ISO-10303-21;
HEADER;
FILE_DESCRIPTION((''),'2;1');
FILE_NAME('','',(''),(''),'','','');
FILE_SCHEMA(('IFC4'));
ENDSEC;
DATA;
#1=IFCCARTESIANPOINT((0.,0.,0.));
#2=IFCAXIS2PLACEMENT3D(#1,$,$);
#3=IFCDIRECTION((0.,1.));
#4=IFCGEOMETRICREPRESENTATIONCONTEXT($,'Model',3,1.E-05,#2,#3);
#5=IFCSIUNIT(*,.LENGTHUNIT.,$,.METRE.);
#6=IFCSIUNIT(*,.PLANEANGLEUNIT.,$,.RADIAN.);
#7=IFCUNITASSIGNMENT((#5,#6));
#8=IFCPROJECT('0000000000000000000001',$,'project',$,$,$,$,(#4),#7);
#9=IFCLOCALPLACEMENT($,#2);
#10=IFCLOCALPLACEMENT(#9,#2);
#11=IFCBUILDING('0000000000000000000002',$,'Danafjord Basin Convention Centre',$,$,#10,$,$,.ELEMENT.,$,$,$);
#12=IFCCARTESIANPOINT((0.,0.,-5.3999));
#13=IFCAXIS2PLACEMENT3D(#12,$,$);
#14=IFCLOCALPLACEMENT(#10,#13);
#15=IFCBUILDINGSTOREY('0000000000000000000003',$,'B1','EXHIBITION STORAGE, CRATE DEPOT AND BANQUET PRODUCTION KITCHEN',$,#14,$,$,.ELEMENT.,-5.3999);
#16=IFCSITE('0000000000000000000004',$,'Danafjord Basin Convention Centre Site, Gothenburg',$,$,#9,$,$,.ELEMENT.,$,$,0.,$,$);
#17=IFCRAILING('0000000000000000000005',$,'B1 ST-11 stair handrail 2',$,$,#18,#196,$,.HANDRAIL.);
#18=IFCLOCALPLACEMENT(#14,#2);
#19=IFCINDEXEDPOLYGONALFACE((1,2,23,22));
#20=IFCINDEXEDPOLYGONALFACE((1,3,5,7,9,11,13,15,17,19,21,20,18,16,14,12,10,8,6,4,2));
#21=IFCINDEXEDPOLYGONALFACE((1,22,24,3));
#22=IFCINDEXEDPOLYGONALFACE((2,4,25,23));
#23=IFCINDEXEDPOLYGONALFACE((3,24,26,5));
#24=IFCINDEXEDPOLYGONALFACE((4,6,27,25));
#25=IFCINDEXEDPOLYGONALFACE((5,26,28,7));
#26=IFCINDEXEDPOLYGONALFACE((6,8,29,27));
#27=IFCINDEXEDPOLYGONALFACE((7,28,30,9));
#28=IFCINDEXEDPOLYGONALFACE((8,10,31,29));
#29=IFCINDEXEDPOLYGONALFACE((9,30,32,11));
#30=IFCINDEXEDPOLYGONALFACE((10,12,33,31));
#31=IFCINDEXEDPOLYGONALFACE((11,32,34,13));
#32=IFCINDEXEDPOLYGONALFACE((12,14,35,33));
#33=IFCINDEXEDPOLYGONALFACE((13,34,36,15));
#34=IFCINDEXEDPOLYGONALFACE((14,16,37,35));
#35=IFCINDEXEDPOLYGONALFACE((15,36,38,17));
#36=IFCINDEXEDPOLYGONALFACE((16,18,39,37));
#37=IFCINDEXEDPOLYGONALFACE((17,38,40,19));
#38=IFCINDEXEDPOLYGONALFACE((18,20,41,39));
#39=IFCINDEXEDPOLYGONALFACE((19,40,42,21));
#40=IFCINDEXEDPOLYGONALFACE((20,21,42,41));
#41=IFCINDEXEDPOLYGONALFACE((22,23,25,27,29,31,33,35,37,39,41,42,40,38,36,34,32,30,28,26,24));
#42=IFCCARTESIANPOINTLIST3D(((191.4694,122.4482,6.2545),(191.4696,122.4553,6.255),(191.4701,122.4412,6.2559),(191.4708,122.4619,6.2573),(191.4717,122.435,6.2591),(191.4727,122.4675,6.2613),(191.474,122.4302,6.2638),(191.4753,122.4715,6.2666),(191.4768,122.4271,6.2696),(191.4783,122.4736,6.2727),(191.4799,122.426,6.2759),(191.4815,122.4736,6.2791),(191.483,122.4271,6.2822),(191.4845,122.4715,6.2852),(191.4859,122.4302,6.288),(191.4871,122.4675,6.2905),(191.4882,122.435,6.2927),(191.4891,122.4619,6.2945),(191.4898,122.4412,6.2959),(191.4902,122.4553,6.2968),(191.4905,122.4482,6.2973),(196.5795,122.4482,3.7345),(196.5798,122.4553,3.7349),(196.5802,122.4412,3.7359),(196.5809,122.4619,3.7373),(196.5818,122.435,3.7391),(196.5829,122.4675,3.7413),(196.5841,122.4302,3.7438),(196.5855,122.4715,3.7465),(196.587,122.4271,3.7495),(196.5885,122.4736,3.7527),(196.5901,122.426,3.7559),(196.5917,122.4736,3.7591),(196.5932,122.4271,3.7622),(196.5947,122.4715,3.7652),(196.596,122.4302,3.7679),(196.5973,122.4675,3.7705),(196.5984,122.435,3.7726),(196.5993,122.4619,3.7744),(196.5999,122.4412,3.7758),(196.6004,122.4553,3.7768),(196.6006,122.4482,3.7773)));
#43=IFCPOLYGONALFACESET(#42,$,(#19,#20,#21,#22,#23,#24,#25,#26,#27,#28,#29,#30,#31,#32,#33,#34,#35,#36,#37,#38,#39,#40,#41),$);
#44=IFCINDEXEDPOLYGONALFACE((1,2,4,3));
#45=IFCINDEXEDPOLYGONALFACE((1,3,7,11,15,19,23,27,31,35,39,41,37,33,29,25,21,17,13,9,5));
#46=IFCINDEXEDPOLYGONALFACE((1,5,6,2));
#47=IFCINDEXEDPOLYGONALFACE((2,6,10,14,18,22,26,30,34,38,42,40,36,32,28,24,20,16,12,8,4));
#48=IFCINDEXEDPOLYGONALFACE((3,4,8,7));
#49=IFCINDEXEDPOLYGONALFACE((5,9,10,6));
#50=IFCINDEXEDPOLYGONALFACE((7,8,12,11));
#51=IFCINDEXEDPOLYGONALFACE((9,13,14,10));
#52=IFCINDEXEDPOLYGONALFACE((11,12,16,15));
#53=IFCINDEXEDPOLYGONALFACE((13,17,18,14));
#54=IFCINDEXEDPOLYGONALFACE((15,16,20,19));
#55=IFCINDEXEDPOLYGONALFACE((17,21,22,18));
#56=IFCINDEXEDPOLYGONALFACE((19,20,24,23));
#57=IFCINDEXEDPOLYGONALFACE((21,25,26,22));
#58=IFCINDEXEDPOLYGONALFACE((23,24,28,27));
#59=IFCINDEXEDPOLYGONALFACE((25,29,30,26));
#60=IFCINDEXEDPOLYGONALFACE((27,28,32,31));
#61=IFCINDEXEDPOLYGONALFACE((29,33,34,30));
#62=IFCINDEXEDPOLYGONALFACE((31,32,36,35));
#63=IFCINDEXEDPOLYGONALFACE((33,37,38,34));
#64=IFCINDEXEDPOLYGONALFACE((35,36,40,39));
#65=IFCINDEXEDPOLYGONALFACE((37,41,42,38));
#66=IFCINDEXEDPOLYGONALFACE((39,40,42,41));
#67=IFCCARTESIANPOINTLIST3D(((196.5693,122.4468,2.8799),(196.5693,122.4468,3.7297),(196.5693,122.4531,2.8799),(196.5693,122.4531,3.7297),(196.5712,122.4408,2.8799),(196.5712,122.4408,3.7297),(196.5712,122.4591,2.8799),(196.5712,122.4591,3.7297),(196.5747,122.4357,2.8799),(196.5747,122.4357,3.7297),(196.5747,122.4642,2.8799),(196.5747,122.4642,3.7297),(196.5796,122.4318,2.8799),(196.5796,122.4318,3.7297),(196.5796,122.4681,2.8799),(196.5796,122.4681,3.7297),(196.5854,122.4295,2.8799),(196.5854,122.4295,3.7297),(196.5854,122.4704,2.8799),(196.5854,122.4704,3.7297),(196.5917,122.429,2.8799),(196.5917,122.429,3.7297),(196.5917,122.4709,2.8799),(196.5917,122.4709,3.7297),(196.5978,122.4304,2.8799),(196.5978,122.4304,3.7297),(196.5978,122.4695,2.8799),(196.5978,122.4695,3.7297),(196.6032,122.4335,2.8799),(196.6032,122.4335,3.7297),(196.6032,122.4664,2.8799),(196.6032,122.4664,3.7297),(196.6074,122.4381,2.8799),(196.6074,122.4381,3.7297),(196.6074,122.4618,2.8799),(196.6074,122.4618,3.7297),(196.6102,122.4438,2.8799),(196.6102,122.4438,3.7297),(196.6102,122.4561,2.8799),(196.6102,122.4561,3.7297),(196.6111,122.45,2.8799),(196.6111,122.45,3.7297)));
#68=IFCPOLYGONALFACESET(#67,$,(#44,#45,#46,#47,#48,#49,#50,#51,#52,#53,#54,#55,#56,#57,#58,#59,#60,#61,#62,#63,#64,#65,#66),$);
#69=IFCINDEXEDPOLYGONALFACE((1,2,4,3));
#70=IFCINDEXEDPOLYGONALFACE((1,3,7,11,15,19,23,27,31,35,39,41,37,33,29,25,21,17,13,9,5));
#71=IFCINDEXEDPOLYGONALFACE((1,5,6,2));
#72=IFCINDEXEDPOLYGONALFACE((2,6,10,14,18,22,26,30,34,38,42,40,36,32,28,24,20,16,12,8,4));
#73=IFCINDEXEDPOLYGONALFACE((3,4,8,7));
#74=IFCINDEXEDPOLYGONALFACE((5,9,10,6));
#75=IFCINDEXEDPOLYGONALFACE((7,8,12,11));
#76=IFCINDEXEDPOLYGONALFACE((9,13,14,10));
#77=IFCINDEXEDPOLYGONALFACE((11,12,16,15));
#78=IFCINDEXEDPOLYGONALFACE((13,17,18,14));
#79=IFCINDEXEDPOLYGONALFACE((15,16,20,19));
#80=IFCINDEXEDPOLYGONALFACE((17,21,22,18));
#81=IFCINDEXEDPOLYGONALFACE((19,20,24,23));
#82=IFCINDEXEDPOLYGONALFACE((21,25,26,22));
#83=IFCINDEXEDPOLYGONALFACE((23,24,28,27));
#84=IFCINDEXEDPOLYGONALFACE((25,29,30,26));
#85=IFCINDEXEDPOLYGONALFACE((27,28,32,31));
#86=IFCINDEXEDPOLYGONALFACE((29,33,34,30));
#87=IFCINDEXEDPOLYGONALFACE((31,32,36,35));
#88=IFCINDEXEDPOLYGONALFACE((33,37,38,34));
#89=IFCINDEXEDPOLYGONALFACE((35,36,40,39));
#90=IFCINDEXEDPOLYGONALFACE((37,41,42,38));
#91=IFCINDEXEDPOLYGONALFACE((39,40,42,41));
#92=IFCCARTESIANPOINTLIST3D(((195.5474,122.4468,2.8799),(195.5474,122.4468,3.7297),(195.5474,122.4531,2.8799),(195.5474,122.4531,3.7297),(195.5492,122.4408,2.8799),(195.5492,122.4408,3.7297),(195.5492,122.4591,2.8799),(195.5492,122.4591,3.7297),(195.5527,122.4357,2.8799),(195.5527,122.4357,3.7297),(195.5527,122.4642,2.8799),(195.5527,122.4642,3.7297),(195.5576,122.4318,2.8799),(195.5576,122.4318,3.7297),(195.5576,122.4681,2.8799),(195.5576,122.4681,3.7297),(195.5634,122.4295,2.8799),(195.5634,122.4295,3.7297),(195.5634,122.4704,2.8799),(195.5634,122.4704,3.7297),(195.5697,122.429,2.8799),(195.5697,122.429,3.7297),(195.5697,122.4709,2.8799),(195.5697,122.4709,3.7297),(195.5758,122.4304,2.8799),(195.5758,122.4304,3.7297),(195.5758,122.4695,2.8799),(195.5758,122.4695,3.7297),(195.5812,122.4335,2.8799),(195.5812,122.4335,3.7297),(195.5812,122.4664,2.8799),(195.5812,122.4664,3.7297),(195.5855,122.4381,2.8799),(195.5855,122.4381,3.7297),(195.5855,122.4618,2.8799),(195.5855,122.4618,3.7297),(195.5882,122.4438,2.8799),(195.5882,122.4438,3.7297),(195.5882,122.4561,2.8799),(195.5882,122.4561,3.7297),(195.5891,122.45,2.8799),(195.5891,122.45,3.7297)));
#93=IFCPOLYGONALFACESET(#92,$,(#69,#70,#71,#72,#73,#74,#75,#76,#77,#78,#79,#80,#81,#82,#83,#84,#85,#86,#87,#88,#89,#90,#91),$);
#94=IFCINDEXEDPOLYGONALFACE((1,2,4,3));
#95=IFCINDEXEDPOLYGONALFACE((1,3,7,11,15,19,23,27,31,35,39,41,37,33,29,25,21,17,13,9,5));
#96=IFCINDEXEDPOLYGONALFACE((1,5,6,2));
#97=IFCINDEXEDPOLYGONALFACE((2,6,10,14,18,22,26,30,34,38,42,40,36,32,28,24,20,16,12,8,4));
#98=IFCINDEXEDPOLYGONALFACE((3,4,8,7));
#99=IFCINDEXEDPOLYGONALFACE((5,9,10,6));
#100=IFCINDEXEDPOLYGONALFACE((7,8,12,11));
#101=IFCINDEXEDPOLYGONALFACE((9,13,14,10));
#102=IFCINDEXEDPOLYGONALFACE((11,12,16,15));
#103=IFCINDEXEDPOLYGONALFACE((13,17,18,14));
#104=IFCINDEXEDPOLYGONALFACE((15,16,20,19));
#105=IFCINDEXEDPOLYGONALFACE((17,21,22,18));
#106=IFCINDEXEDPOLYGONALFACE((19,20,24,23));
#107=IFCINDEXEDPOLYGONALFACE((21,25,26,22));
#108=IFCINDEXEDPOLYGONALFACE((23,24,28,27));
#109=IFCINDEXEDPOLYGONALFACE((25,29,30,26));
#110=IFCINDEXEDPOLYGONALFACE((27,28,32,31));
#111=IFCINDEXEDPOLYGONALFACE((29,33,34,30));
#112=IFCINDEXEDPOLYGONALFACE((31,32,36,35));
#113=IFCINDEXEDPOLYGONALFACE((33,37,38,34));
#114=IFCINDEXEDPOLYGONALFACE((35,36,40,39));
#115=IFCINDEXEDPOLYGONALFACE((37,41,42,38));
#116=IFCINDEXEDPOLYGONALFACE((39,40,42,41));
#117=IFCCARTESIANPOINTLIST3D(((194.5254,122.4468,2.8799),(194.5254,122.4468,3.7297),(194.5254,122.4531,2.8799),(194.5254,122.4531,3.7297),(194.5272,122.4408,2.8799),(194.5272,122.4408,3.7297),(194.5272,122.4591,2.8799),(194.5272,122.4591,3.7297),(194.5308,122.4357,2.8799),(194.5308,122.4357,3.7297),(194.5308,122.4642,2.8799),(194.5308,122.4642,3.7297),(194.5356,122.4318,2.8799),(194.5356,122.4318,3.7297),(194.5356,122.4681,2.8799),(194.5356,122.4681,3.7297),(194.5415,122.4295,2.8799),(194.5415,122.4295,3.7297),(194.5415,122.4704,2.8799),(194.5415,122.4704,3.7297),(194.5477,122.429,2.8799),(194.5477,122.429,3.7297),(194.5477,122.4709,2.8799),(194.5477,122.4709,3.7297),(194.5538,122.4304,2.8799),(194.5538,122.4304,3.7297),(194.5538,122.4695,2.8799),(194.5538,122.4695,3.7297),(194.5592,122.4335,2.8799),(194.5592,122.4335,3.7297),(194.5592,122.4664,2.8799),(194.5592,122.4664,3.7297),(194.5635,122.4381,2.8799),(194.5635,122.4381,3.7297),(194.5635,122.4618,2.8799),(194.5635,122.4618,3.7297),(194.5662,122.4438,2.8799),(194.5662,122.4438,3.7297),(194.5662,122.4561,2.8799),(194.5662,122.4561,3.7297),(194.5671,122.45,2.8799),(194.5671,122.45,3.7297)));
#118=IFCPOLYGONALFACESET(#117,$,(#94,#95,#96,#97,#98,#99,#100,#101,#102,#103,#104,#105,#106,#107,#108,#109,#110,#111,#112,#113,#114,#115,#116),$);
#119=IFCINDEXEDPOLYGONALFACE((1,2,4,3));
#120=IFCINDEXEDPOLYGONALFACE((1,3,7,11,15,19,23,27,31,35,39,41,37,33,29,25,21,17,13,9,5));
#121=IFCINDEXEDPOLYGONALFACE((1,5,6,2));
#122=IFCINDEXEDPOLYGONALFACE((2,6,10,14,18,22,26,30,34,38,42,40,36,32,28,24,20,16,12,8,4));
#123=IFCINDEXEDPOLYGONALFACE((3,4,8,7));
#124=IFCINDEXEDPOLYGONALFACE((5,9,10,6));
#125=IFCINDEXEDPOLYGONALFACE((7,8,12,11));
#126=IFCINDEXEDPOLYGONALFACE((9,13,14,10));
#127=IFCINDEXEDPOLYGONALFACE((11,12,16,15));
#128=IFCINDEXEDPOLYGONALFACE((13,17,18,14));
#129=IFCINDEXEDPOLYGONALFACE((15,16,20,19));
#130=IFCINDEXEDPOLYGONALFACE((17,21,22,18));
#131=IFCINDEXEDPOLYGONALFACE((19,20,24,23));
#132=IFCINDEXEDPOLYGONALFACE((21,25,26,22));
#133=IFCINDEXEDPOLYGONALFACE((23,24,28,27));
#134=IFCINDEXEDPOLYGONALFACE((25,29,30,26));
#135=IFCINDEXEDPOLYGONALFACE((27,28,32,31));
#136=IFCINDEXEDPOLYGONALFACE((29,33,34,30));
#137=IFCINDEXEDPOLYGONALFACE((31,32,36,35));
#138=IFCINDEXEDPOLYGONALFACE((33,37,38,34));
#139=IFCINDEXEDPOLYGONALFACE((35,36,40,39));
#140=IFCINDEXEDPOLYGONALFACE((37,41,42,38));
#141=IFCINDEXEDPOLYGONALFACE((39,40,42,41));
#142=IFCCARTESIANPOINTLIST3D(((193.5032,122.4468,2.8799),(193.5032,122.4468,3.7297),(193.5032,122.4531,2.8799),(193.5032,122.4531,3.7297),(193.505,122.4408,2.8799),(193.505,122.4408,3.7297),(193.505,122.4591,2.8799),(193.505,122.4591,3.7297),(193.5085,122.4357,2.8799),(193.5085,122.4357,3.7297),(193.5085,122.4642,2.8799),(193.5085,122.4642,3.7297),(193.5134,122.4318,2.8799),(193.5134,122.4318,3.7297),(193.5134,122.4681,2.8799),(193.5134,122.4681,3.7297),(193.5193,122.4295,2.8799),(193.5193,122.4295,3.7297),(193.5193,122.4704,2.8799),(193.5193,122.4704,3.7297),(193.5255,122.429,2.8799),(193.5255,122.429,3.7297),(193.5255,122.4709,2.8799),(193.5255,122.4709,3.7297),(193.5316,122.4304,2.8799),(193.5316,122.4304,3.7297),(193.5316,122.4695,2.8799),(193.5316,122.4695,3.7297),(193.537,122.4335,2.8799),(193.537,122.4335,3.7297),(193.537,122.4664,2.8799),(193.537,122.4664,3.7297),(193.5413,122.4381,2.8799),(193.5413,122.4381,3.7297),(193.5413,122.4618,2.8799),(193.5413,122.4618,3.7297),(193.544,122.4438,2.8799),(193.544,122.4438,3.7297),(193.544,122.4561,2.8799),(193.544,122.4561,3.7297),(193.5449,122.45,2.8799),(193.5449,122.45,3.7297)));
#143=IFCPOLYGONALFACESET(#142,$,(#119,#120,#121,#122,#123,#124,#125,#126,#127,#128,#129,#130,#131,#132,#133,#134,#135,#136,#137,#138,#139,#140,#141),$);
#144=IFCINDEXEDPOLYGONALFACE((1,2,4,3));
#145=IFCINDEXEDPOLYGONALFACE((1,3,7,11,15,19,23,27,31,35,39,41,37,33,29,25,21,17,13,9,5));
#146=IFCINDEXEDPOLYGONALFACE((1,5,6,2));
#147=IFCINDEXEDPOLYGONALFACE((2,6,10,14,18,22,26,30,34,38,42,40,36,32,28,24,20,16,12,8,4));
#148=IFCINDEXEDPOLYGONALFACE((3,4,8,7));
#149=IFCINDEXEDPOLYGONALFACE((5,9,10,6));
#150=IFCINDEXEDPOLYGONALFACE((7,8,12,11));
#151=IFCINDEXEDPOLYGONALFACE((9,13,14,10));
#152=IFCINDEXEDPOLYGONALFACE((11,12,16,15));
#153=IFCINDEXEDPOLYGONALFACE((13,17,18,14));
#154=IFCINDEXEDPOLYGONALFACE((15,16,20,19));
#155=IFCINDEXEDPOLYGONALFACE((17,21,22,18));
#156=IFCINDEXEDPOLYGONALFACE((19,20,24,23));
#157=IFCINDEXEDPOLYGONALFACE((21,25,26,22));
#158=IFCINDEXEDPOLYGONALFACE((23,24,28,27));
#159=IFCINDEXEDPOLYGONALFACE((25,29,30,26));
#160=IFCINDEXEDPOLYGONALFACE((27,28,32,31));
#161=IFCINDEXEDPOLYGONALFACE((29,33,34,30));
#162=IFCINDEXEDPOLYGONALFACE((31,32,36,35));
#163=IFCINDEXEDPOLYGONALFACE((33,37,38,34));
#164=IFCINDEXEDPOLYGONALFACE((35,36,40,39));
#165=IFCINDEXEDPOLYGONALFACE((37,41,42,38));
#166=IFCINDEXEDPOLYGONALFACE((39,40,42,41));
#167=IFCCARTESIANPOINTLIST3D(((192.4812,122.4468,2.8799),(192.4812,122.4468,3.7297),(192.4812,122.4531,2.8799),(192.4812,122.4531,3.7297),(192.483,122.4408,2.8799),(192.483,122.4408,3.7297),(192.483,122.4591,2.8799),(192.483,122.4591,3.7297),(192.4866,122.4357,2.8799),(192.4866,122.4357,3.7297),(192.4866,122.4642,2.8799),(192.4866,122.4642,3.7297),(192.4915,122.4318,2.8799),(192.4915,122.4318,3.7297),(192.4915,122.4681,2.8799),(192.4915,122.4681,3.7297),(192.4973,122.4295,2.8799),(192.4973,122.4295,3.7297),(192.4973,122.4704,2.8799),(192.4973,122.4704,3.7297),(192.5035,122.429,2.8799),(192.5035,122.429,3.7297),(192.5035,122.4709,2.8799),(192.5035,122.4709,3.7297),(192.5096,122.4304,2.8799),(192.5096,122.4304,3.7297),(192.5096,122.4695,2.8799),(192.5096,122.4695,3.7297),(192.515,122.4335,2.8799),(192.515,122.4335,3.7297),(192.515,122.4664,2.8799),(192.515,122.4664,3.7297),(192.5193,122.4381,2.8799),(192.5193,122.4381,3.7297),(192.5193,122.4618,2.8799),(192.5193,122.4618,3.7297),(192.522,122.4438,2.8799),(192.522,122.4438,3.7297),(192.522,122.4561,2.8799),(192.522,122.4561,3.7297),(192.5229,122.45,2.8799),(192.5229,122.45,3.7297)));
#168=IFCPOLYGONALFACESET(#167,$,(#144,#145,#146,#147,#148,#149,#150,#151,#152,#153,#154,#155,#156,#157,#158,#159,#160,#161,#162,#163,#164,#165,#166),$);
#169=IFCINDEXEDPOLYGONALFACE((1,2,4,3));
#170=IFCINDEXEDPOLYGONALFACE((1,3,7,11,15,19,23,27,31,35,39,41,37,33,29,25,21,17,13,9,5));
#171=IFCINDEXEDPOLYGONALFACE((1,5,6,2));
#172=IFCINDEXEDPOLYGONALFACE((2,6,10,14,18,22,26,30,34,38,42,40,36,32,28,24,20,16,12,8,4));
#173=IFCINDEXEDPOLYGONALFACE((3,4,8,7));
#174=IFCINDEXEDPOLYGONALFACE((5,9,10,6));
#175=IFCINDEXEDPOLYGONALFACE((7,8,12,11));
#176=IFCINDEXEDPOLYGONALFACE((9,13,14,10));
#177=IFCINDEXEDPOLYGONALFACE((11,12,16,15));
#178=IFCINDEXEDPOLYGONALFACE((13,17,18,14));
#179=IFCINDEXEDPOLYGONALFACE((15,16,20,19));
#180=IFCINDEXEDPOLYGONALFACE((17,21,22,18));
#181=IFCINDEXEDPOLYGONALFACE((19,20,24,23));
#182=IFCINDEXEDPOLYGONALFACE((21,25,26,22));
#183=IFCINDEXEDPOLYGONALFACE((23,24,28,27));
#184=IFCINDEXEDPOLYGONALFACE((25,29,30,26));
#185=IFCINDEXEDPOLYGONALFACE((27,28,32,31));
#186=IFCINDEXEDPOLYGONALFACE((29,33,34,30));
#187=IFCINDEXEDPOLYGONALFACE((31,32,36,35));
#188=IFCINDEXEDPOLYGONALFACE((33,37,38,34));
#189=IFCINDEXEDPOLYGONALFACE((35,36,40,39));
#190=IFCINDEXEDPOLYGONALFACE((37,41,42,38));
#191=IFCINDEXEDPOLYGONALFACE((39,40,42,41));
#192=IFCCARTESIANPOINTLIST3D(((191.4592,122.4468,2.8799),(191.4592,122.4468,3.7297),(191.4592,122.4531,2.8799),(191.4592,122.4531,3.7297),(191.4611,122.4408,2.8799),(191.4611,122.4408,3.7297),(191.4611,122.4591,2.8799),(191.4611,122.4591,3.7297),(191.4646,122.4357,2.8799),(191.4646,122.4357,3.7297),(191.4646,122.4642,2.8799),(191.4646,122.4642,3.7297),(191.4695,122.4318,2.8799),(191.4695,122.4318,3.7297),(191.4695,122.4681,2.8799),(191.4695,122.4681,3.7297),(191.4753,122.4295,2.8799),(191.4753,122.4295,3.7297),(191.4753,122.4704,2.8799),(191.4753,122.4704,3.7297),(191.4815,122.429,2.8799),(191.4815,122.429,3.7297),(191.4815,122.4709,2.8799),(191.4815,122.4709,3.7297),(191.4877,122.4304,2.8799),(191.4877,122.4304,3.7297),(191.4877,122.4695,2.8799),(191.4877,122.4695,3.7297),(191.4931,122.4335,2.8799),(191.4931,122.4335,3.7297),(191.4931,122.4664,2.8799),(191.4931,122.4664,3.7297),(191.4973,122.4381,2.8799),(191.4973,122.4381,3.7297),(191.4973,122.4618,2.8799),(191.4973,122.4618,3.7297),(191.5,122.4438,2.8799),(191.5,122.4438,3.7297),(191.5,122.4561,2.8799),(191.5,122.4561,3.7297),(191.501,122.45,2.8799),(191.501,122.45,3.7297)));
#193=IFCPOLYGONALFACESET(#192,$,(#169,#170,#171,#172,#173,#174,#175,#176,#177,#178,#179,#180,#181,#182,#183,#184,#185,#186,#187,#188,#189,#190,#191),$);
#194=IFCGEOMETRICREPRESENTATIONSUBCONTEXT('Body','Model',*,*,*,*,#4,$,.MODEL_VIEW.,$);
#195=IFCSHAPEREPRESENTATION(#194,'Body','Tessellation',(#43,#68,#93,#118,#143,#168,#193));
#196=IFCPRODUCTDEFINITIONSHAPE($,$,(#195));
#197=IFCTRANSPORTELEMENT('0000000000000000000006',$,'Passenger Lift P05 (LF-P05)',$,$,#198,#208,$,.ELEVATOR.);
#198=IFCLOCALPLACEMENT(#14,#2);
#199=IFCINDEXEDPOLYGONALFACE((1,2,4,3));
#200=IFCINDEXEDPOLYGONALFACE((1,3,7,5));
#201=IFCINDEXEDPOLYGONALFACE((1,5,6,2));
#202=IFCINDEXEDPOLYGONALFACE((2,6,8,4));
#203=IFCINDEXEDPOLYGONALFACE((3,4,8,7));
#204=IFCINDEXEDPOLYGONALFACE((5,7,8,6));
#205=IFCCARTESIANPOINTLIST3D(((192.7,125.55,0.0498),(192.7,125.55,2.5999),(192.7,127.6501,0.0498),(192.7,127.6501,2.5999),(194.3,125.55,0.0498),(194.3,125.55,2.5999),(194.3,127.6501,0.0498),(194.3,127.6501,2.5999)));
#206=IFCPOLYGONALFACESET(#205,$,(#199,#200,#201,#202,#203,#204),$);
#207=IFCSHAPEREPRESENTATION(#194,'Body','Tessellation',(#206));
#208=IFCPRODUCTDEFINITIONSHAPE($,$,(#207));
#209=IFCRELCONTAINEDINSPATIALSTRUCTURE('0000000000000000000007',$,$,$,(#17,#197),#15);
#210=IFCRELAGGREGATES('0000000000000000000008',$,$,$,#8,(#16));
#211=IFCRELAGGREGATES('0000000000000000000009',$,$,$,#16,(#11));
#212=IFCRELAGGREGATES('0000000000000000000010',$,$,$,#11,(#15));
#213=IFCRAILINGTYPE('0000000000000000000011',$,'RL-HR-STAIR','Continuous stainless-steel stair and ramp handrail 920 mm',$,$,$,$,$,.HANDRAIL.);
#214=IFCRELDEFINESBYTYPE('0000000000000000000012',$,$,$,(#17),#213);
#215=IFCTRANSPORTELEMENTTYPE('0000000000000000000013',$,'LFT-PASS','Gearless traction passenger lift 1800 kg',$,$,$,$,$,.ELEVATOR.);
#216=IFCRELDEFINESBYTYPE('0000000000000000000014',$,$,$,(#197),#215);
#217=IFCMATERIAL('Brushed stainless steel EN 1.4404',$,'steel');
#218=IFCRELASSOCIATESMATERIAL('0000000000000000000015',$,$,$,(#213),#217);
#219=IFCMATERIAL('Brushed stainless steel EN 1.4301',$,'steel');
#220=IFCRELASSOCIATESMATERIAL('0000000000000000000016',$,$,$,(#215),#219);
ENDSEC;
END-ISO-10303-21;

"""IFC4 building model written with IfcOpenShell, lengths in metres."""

from ifc_helpers import new_model, si_unit, direction, frame, origin, origin_2d, place, context, subcontext, project, spatial, rectangle, circle, extrude, material, type_object, element, save


model = new_model("IFC4")

# Units and contexts
model_context = context("Model", 3, precision=1e-05, world=origin(), true_north=direction((0.0, 1.0)))
body_context = subcontext(model_context, "Body", "Model", "MODEL_VIEW")
ifc_project = project(units=[si_unit("LENGTHUNIT", "METRE"), si_unit("PLANEANGLEUNIT", "RADIAN")], contexts=[model_context])

# Site, building, storey
site_placement = place(None, origin())
site = spatial("IfcSite", under=ifc_project, at=site_placement, Name="Danafjord Basin Convention Centre Site, Gothenburg", CompositionType="ELEMENT", RefElevation=0.0)
building_placement = place(site_placement, origin())
building = spatial("IfcBuilding", under=site, at=building_placement, Name="Danafjord Basin Convention Centre", CompositionType="ELEMENT")
storey_placement = place(building_placement, frame((0.0, 0.0, -5.3999)))
storey = spatial("IfcBuildingStorey", under=building, at=storey_placement, Name="B1", Description="EXHIBITION STORAGE, CRATE DEPOT AND BANQUET PRODUCTION KITCHEN", CompositionType="ELEMENT", Elevation=-5.3999)

# Railing
ifc_material_1 = material(Name="Brushed stainless steel EN 1.4404", Category="steel")
railing_type_1 = type_object("IfcRailingType", Name="RL-HR-STAIR", Description="Continuous stainless-steel stair and ramp handrail 920 mm", PredefinedType="HANDRAIL", material=ifc_material_1)
railing_1_placement = place(storey_placement, frame((196.5901, 122.45, 2.8799)))
element("IfcRailing", 1, at=railing_1_placement, inside=storey, type_object=railing_type_1, Name="B1 ST-11 stair handrail 2", PredefinedType="HANDRAIL", context=body_context, shape_type="SweptSolid", body=[
    extrude(circle(Radius=0.0239, at=origin_2d()), frame((0.0, 0.0, 0.876), z_axis=(-0.896873, 0.0, 0.442288), x_axis=(0.0, -1.0, 0.0)), (0.0, 0.0, 1.0), 5.6978),
    extrude(circle(Radius=0.021, at=origin_2d()), origin(), (0.0, 0.0, 1.0), 0.8499),
    extrude(circle(Radius=0.021, at=origin_2d()), frame((-1.022, 0.0, 0.0)), (0.0, 0.0, 1.0), 0.8499),
    extrude(circle(Radius=0.021, at=origin_2d()), frame((-2.0439, 0.0, 0.0)), (0.0, 0.0, 1.0), 0.8499),
    extrude(circle(Radius=0.021, at=origin_2d()), frame((-3.0662, 0.0, 0.0)), (0.0, 0.0, 1.0), 0.8499),
    extrude(circle(Radius=0.021, at=origin_2d()), frame((-4.0881, 0.0, 0.0)), (0.0, 0.0, 1.0), 0.8499),
    extrude(circle(Radius=0.021, at=origin_2d()), frame((-5.1101, 0.0, 0.0)), (0.0, 0.0, 1.0), 0.8499),
])

# Transport element
ifc_material_2 = material(Name="Brushed stainless steel EN 1.4301", Category="steel")
transport_element_type = type_object("IfcTransportElementType", Name="LFT-PASS", Description="Gearless traction passenger lift 1800 kg", PredefinedType="ELEVATOR", material=ifc_material_2)
transport_element_placement = place(storey_placement, frame((193.5, 126.6001, 0.0498), z_axis=(0.0, 0.0, 1.0), x_axis=(1.0, 0.0, 0.0)))
element("IfcTransportElement", 2, at=transport_element_placement, inside=storey, type_object=transport_element_type, Name="Passenger Lift P05 (LF-P05)", PredefinedType="ELEVATOR", context=body_context, shape_type="SweptSolid", body=[
    extrude(rectangle(XDim=1.6001, YDim=2.1001, at=origin_2d()), origin(), (0.0, 0.0, 1.0), 2.55),
])

save(model, "model.ifc")
